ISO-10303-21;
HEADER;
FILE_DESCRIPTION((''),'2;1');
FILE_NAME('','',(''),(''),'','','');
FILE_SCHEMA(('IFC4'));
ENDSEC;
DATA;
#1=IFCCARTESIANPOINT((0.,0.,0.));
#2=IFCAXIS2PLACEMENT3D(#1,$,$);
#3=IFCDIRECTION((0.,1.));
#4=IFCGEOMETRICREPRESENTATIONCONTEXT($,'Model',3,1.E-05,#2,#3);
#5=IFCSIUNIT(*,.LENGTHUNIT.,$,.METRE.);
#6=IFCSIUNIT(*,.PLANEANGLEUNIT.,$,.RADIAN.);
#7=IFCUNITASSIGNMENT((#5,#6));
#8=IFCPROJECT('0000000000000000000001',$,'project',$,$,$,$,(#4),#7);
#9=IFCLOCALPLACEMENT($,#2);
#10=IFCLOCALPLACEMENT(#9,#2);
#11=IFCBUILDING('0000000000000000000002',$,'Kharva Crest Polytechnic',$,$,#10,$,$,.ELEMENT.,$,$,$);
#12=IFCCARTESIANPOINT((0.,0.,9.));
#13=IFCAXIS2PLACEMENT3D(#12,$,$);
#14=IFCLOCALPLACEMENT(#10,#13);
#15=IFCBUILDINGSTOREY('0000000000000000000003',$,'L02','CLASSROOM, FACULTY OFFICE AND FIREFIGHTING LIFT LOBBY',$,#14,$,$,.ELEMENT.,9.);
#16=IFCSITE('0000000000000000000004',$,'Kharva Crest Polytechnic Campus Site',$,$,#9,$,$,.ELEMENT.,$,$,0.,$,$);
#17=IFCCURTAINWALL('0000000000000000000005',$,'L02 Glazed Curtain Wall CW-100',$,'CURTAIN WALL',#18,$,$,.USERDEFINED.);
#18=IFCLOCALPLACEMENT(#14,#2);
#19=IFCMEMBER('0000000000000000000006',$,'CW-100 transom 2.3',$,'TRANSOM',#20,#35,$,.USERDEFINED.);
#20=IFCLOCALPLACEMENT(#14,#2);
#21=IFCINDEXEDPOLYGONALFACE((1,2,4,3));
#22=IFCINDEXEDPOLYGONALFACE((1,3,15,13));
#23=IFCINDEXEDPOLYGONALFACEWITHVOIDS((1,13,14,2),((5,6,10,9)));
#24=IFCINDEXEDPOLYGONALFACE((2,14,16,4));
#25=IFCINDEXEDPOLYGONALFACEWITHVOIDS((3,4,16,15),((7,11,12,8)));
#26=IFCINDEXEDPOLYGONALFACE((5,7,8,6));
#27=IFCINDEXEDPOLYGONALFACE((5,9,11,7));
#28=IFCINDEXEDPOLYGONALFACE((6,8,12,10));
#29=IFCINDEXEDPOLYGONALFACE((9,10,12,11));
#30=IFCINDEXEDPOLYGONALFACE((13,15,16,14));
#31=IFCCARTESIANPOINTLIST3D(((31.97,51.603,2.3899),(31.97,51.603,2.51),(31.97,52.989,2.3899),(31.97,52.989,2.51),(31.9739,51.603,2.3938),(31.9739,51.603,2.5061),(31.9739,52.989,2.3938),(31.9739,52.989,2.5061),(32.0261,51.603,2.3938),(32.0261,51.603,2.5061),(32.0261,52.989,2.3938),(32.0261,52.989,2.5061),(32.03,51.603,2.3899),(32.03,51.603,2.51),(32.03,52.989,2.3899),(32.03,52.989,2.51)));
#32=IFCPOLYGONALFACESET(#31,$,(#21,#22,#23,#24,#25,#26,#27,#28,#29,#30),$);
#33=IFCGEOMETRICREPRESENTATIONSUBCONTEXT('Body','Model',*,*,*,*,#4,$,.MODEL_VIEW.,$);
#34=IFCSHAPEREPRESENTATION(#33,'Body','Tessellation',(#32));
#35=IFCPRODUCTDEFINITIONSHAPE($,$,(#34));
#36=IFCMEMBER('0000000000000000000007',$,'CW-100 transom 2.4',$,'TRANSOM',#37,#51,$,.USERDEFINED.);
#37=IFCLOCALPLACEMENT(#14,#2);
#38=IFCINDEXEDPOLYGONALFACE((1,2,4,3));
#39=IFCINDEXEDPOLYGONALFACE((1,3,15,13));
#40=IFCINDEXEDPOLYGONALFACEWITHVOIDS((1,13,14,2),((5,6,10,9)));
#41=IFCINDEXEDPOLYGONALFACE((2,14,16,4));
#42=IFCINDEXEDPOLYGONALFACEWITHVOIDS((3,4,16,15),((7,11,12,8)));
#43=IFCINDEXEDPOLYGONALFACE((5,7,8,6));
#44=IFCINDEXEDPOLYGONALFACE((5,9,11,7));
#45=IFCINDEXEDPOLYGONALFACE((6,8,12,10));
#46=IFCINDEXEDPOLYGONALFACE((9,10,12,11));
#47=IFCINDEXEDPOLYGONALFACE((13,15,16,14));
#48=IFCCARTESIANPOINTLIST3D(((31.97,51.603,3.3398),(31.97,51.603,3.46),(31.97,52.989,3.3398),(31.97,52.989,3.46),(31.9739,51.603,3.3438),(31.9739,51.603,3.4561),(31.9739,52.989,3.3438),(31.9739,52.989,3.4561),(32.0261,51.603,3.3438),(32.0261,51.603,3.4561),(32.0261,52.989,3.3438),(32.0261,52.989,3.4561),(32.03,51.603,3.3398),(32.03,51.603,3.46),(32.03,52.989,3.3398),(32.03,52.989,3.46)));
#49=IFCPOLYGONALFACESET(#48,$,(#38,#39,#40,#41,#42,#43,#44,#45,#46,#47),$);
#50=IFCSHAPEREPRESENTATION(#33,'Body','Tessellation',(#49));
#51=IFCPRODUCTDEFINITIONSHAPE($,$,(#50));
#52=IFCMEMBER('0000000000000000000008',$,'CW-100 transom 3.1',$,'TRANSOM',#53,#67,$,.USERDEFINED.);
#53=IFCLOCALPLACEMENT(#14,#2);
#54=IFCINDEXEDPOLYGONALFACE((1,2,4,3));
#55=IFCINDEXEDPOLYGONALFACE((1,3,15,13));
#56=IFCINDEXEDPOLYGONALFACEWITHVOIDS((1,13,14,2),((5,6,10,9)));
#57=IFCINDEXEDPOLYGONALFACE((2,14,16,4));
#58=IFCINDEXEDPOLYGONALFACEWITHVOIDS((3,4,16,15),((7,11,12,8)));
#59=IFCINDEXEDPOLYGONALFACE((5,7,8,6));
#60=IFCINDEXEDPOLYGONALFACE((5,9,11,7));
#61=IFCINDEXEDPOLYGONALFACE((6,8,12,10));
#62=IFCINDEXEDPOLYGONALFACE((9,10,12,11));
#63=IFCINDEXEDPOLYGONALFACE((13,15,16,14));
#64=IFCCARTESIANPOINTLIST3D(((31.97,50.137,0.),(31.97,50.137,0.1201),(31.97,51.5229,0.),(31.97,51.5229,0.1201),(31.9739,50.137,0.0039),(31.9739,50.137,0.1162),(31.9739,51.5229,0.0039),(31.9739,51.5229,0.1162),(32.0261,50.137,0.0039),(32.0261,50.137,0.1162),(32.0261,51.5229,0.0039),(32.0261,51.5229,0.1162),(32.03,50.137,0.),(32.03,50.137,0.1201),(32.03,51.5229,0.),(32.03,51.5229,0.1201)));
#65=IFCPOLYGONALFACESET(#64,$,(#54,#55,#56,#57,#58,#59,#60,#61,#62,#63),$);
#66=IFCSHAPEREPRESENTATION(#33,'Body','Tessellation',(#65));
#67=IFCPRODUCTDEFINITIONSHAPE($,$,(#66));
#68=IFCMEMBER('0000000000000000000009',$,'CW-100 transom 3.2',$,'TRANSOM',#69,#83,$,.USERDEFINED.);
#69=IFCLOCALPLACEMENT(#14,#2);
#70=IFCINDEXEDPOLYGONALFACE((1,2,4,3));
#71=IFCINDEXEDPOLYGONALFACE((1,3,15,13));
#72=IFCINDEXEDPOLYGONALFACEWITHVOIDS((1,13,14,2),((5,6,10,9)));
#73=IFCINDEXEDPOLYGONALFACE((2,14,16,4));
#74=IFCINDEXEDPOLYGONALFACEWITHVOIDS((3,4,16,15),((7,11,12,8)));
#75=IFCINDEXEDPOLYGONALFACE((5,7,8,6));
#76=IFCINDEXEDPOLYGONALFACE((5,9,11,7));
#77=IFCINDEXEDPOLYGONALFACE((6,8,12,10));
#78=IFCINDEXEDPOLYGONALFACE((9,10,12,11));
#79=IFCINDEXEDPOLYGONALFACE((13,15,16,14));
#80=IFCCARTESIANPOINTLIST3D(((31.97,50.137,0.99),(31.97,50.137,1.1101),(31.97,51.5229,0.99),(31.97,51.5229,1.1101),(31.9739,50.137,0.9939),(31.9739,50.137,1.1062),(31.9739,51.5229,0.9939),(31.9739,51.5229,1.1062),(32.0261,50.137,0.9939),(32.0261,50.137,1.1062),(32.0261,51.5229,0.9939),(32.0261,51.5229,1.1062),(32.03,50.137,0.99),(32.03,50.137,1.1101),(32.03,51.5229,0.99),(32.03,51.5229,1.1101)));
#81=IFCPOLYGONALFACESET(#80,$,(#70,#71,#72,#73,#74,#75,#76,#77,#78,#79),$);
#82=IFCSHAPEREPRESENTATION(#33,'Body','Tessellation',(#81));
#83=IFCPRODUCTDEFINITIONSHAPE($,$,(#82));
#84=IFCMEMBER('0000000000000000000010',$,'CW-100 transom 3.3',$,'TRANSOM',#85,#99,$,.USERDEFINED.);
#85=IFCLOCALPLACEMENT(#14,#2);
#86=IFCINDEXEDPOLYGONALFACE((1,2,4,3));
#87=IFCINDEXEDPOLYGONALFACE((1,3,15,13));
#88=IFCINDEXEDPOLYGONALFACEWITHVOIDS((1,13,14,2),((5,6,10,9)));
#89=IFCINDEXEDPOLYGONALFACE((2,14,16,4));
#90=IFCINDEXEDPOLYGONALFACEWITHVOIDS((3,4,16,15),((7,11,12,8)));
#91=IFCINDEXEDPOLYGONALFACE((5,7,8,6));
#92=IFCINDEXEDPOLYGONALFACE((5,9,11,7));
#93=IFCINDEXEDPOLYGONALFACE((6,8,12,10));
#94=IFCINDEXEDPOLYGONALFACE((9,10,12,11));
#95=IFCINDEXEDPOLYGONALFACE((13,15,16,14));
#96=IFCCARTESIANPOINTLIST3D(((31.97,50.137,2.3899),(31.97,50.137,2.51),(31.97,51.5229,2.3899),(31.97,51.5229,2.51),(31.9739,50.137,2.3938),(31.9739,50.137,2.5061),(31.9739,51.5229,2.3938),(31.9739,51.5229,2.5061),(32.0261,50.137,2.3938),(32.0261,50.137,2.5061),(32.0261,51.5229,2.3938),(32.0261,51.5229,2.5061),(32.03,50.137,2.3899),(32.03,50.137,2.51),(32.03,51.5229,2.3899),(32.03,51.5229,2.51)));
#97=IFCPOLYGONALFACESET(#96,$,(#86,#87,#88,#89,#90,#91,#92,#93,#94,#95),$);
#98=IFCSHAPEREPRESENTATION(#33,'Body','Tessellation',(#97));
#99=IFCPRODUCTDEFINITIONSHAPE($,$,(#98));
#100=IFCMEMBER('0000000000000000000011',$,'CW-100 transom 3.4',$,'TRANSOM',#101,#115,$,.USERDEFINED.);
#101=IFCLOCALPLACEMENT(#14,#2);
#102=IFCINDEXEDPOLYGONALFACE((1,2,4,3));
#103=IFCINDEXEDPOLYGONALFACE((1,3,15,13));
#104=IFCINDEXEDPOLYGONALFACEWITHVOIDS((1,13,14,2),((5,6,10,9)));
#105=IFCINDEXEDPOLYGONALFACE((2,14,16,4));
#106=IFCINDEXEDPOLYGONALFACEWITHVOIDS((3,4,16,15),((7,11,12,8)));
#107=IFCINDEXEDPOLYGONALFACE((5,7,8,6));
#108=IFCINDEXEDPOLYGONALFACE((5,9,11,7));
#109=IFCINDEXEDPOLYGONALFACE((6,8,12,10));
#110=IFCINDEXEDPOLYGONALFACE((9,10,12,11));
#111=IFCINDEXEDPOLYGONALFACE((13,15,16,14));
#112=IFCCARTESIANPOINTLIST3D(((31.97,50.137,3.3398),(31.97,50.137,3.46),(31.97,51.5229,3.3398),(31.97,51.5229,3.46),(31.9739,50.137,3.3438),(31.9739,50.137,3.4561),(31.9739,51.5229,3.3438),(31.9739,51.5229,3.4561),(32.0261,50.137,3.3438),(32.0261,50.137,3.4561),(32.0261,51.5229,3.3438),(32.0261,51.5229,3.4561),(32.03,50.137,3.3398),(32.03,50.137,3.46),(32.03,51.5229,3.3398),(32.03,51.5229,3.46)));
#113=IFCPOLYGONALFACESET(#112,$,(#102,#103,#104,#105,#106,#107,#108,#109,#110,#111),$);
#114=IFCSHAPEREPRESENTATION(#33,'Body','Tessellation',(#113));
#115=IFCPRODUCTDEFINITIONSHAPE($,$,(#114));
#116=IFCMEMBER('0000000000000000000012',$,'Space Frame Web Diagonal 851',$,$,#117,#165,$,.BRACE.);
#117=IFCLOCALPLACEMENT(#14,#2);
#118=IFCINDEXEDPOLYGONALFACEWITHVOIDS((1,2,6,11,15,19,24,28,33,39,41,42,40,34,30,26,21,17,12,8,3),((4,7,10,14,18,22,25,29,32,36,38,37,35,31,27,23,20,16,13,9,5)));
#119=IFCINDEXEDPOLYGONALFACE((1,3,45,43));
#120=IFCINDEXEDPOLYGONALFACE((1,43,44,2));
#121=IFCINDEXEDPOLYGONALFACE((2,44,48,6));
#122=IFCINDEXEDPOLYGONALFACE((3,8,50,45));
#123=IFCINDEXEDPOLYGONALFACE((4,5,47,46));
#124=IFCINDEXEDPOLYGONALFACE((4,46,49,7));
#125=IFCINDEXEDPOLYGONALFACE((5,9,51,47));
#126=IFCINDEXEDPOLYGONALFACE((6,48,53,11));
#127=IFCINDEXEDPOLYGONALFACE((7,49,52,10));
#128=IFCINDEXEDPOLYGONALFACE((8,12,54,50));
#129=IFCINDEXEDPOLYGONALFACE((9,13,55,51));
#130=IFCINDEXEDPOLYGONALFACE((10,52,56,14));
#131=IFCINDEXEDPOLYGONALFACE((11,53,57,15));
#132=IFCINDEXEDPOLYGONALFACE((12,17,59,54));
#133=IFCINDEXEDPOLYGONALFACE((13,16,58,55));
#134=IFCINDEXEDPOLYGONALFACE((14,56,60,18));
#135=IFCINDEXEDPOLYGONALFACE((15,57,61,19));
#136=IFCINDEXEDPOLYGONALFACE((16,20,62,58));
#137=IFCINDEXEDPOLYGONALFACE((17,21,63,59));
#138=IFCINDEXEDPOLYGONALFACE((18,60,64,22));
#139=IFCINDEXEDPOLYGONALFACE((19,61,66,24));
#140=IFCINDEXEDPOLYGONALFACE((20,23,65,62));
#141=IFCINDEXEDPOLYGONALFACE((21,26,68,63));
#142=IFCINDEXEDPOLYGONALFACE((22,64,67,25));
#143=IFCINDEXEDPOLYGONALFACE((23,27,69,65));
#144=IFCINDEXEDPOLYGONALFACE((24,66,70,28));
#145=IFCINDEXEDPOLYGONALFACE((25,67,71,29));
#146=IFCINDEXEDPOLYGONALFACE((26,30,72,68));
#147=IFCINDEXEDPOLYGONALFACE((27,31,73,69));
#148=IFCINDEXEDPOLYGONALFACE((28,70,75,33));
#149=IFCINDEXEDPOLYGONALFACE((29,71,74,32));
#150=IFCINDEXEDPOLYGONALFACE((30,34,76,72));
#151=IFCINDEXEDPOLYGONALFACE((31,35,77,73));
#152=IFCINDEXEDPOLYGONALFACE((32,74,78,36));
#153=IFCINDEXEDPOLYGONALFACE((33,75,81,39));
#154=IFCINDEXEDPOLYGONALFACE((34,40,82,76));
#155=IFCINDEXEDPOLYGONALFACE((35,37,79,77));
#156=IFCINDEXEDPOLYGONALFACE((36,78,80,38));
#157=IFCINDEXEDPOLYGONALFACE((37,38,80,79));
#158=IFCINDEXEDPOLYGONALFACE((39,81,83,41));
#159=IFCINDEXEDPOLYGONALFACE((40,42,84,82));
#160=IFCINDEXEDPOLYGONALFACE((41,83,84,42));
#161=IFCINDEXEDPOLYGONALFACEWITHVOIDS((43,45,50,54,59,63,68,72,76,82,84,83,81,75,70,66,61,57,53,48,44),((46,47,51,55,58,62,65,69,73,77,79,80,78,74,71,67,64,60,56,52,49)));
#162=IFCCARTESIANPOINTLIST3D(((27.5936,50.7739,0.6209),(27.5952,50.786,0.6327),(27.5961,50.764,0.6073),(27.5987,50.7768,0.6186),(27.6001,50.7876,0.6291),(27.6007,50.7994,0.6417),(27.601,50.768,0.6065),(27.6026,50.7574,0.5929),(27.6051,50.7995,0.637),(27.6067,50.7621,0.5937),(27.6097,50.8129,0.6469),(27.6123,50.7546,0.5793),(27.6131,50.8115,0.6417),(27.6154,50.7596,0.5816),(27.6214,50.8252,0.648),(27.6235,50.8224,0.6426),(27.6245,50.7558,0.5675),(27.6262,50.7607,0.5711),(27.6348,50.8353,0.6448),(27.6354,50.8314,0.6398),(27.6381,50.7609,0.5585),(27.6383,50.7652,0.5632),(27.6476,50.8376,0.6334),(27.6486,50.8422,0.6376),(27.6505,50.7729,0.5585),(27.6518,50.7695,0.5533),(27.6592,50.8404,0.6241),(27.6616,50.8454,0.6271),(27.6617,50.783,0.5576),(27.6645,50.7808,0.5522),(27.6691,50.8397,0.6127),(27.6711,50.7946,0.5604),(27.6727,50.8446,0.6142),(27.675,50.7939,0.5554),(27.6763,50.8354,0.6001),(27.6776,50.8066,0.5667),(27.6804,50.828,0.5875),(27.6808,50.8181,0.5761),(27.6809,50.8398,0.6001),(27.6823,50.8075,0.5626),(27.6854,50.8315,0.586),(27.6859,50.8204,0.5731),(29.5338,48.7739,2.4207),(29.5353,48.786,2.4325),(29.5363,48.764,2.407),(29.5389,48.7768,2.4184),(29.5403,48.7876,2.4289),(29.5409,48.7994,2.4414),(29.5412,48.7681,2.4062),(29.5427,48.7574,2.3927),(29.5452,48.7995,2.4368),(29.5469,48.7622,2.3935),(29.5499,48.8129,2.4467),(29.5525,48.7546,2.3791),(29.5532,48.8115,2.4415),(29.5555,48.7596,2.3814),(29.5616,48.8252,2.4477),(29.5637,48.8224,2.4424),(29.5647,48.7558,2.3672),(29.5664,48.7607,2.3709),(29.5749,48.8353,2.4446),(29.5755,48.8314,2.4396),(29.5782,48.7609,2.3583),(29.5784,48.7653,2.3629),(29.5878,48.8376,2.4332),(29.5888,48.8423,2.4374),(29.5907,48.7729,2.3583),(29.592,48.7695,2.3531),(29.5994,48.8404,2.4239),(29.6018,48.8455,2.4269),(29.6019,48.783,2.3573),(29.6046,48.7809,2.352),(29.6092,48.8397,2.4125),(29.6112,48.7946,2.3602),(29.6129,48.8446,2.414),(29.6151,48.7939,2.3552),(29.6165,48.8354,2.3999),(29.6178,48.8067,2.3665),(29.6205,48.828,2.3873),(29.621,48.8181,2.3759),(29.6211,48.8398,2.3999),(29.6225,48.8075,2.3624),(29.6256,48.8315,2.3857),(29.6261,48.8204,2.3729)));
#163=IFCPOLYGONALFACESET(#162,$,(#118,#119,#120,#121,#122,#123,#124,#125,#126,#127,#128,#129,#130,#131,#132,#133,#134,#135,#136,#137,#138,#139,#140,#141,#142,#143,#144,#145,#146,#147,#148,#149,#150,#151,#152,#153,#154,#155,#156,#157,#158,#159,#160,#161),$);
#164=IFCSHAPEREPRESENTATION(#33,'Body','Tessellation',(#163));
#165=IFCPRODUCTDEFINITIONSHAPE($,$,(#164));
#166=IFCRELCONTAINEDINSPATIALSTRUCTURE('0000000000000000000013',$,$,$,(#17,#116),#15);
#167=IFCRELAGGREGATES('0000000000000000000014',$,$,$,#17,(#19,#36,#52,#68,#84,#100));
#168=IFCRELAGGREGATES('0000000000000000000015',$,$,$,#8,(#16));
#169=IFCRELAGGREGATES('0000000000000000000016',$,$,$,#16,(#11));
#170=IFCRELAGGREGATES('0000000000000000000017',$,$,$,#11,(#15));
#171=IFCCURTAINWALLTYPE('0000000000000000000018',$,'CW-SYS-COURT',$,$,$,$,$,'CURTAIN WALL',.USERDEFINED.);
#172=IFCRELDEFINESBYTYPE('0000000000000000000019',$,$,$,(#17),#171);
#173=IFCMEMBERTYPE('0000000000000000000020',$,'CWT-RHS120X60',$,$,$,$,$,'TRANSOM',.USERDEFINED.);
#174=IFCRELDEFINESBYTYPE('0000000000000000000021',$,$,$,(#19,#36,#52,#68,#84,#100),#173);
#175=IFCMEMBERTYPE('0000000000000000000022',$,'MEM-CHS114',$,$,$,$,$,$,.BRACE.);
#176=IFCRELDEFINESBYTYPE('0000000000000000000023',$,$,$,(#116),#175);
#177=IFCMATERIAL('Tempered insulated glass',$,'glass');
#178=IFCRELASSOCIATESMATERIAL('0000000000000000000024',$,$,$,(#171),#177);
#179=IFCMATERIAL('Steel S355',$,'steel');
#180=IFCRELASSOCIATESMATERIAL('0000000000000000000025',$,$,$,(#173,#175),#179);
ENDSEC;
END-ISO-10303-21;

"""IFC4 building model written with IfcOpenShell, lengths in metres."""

from ifc_helpers import new_model, si_unit, direction, frame, origin, origin_2d, place, context, subcontext, project, spatial, hollow_rectangle, hollow_circle, extrude, material, material_profile, profile_set, type_object, element, aggregate, save


model = new_model("IFC4")

# Units and contexts
model_context = context("Model", 3, precision=1e-05, world=origin(), true_north=direction((0.0, 1.0)))
body_context = subcontext(model_context, "Body", "Model", "MODEL_VIEW")
ifc_project = project(units=[si_unit("LENGTHUNIT", "METRE"), si_unit("PLANEANGLEUNIT", "RADIAN")], contexts=[model_context])

# Site, building, storey
site_placement = place(None, origin())
site = spatial("IfcSite", under=ifc_project, at=site_placement, Name="Kharva Crest Polytechnic Campus Site", CompositionType="ELEMENT", RefElevation=0.0)
building_placement = place(site_placement, origin())
building = spatial("IfcBuilding", under=site, at=building_placement, Name="Kharva Crest Polytechnic", CompositionType="ELEMENT")
storey_placement = place(building_placement, frame((0.0, 0.0, 9.0)))
storey = spatial("IfcBuildingStorey", under=building, at=storey_placement, Name="L02", Description="CLASSROOM, FACULTY OFFICE AND FIREFIGHTING LIFT LOBBY", CompositionType="ELEMENT", Elevation=9.0)

# Shared definitions
ifc_material_1 = material(Name="Steel S355", Category="steel")

# Curtain wall, members
ifc_material_2 = material(Name="Tempered insulated glass", Category="glass")
curtain_wall_type_1 = type_object("IfcCurtainWallType", Name="CW-SYS-COURT", ElementType="CURTAIN WALL", PredefinedType="USERDEFINED", material=ifc_material_2)
curtain_wall_1_placement = place(storey_placement, origin())
curtain_wall_1 = element("IfcCurtainWall", 1, at=curtain_wall_1_placement, inside=storey, type_object=curtain_wall_type_1, Name="L02 Glazed Curtain Wall CW-100", ObjectType="CURTAIN WALL", PredefinedType="USERDEFINED")
ifc_material_profile_1 = material_profile(ifc_material_1, hollow_rectangle(XDim=0.0601, YDim=0.1201, WallThickness=0.0039, at=origin_2d()), Name="RHS 120X60X4.0")
ifc_profile_set_1 = profile_set([ifc_material_profile_1], Name="Steel S355")
member_type_1 = type_object("IfcMemberType", Name="CWT-RHS120X60", ElementType="TRANSOM", PredefinedType="USERDEFINED", material=ifc_profile_set_1)
member_1_placement = place(storey_placement, frame((32.0, 52.989, 2.45), z_axis=(0.0, -1.0, 0.0), x_axis=(1.0, 0.0, 0.0)))
member_1 = element("IfcMember", 2, at=member_1_placement, type_object=member_type_1, Name="CW-100 transom 2.3", ObjectType="TRANSOM", PredefinedType="USERDEFINED", context=body_context, shape_type="SweptSolid", body=[
    extrude(hollow_rectangle(XDim=0.0601, YDim=0.1201, WallThickness=0.0039, at=origin_2d()), origin(), (0.0, 0.0, 1.0), 1.386),
])
member_2_placement = place(storey_placement, frame((32.0, 52.989, 3.3999), z_axis=(0.0, -1.0, 0.0), x_axis=(1.0, 0.0, 0.0)))
member_2 = element("IfcMember", 3, at=member_2_placement, type_object=member_type_1, Name="CW-100 transom 2.4", ObjectType="TRANSOM", PredefinedType="USERDEFINED", context=body_context, shape_type="SweptSolid", body=[
    extrude(hollow_rectangle(XDim=0.0601, YDim=0.1201, WallThickness=0.0039, at=origin_2d()), origin(), (0.0, 0.0, 1.0), 1.386),
])
member_3_placement = place(storey_placement, frame((32.0, 51.5229, 0.0601), z_axis=(0.0, -1.0, 0.0), x_axis=(1.0, 0.0, 0.0)))
member_3 = element("IfcMember", 4, at=member_3_placement, type_object=member_type_1, Name="CW-100 transom 3.1", ObjectType="TRANSOM", PredefinedType="USERDEFINED", context=body_context, shape_type="SweptSolid", body=[
    extrude(hollow_rectangle(XDim=0.0601, YDim=0.1201, WallThickness=0.0039, at=origin_2d()), origin(), (0.0, 0.0, 1.0), 1.386),
])
member_4_placement = place(storey_placement, frame((32.0, 51.5229, 1.05), z_axis=(0.0, -1.0, 0.0), x_axis=(1.0, 0.0, 0.0)))
member_4 = element("IfcMember", 5, at=member_4_placement, type_object=member_type_1, Name="CW-100 transom 3.2", ObjectType="TRANSOM", PredefinedType="USERDEFINED", context=body_context, shape_type="SweptSolid", body=[
    extrude(hollow_rectangle(XDim=0.0601, YDim=0.1201, WallThickness=0.0039, at=origin_2d()), origin(), (0.0, 0.0, 1.0), 1.386),
])
member_5_placement = place(storey_placement, frame((32.0, 51.5229, 2.45), z_axis=(0.0, -1.0, 0.0), x_axis=(1.0, 0.0, 0.0)))
member_5 = element("IfcMember", 6, at=member_5_placement, type_object=member_type_1, Name="CW-100 transom 3.3", ObjectType="TRANSOM", PredefinedType="USERDEFINED", context=body_context, shape_type="SweptSolid", body=[
    extrude(hollow_rectangle(XDim=0.0601, YDim=0.1201, WallThickness=0.0039, at=origin_2d()), origin(), (0.0, 0.0, 1.0), 1.386),
])
member_6_placement = place(storey_placement, frame((32.0, 51.5229, 3.3999), z_axis=(0.0, -1.0, 0.0), x_axis=(1.0, 0.0, 0.0)))
member_6 = element("IfcMember", 7, at=member_6_placement, type_object=member_type_1, Name="CW-100 transom 3.4", ObjectType="TRANSOM", PredefinedType="USERDEFINED", context=body_context, shape_type="SweptSolid", body=[
    extrude(hollow_rectangle(XDim=0.0601, YDim=0.1201, WallThickness=0.0039, at=origin_2d()), origin(), (0.0, 0.0, 1.0), 1.386),
])

# Member
ifc_material_profile_2 = material_profile(ifc_material_1, hollow_circle(Radius=0.0571, WallThickness=0.0063, at=origin_2d()), Name="CHS 114.3X6.3")
ifc_profile_set_2 = profile_set([ifc_material_profile_2], Name="Steel S355")
member_type_2 = type_object("IfcMemberType", Name="MEM-CHS114", PredefinedType="BRACE", material=ifc_profile_set_2)
for number, where, z_axis, x_axis, name in (
    (8, (27.6399, 50.8, 0.6001), (0.584892, -0.602924, 0.542572), (0.717758, 0.696292, 0.0), "Space Frame Web Diagonal 851"),
):
    element("IfcMember", number, at=place(storey_placement, frame(where, z_axis=z_axis, x_axis=x_axis)), inside=storey, type_object=member_type_2, Name=name, PredefinedType="BRACE", context=body_context, shape_type="SweptSolid", body=[
        extrude(hollow_circle(Radius=0.0571, WallThickness=0.0063, at=origin_2d()), origin(), (0.0, 0.0, 1.0), 3.3171),
    ])

aggregate(curtain_wall_1, [member_1, member_2, member_3, member_4, member_5, member_6])

save(model, "model.ifc")
